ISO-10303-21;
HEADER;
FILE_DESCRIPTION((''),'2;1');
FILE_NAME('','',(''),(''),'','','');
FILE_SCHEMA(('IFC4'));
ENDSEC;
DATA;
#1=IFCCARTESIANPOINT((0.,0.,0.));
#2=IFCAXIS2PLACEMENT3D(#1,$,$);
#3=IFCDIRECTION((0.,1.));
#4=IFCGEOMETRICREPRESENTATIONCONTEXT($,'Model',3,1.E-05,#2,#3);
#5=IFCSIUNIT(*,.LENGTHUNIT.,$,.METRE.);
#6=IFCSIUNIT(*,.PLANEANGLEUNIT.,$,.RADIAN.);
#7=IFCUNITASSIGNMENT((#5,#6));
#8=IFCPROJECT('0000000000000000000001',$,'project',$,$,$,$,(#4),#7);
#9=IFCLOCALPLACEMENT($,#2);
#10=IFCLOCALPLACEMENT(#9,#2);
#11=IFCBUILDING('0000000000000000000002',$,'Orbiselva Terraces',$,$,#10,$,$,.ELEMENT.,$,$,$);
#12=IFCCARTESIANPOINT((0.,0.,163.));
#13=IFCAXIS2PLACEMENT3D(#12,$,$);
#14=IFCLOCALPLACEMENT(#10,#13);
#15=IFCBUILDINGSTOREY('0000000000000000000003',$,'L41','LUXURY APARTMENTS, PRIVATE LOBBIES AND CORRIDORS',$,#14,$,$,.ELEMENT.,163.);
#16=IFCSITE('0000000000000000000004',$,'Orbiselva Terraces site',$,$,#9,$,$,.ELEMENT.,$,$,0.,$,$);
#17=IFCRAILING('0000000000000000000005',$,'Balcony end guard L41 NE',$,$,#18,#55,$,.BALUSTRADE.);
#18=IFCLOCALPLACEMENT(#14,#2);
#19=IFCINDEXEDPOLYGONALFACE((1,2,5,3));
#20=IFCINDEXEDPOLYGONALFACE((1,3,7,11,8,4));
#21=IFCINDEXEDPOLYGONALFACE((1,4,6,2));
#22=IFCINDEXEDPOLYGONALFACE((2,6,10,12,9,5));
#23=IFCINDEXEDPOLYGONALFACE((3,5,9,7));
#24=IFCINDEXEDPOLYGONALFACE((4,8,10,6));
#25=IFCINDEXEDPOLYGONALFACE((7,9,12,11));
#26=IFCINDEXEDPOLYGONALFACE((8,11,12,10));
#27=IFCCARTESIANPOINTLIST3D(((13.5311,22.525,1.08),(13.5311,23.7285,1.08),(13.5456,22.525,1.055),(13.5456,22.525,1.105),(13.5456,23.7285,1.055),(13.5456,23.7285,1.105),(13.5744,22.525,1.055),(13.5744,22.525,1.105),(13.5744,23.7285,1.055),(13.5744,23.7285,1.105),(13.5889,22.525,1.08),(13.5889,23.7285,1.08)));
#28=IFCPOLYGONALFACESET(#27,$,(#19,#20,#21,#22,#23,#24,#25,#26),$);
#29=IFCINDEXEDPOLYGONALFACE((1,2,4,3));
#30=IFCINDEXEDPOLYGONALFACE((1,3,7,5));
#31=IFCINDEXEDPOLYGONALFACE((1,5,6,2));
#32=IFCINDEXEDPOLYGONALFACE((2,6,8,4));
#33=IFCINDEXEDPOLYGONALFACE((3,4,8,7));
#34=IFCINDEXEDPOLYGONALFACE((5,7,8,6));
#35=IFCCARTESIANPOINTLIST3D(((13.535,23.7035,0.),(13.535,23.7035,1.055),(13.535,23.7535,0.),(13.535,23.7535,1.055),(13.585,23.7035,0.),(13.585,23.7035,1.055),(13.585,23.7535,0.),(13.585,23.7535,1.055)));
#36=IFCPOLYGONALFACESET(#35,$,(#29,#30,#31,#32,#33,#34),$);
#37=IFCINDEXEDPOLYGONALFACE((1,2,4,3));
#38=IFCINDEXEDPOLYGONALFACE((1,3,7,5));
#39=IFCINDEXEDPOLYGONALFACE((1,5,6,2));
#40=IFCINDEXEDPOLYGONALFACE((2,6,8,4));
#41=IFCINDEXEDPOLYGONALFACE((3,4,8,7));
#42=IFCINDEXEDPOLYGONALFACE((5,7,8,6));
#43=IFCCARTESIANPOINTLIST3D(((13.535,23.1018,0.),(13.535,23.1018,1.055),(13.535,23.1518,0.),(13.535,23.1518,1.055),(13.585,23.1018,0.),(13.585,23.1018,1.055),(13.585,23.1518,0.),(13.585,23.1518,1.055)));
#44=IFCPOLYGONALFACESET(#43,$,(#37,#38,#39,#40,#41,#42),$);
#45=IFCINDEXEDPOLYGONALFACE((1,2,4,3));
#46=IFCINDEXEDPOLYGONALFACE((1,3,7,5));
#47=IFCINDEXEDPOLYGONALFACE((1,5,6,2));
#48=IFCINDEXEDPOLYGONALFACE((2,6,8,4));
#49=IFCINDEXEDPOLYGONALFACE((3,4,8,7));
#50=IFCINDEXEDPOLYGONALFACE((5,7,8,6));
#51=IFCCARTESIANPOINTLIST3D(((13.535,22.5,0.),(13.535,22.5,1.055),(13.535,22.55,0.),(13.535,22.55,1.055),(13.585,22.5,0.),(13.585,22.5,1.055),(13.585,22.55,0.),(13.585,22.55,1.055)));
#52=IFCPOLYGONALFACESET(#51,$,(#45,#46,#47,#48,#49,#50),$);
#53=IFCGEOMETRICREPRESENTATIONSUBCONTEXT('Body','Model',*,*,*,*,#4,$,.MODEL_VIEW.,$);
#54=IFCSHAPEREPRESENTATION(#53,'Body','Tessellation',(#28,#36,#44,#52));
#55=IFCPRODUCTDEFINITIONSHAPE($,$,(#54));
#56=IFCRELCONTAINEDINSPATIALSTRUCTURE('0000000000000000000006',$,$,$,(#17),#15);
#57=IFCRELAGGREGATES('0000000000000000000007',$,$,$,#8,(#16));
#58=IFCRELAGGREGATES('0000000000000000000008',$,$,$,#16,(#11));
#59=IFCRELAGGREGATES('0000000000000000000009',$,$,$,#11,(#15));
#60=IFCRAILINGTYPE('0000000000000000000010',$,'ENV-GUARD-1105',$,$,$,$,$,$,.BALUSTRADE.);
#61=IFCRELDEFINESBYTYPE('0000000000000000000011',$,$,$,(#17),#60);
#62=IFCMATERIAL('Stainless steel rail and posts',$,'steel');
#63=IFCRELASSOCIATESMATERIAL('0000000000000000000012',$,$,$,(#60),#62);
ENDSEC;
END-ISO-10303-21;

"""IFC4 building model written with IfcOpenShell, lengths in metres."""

from ifc_helpers import new_model, si_unit, direction, frame, origin, origin_2d, place, context, subcontext, project, spatial, polyline, rectangle, outline, extrude, material, type_object, element, save


model = new_model("IFC4")

# Units and contexts
model_context = context("Model", 3, precision=1e-05, world=origin(), true_north=direction((0.0, 1.0)))
body_context = subcontext(model_context, "Body", "Model", "MODEL_VIEW")
ifc_project = project(units=[si_unit("LENGTHUNIT", "METRE"), si_unit("PLANEANGLEUNIT", "RADIAN")], contexts=[model_context])

# Site, building, storey
site_placement = place(None, origin())
site = spatial("IfcSite", under=ifc_project, at=site_placement, Name="Orbiselva Terraces site", CompositionType="ELEMENT", RefElevation=0.0)
building_placement = place(site_placement, origin())
building = spatial("IfcBuilding", under=site, at=building_placement, Name="Orbiselva Terraces", CompositionType="ELEMENT")
storey_placement = place(building_placement, frame((0.0, 0.0, 163.0)))
storey = spatial("IfcBuildingStorey", under=building, at=storey_placement, Name="L41", Description="LUXURY APARTMENTS, PRIVATE LOBBIES AND CORRIDORS", CompositionType="ELEMENT", Elevation=163.0)

# Railing
ifc_material_1 = material(Name="Stainless steel rail and posts", Category="steel")
railing_type_1 = type_object("IfcRailingType", Name="ENV-GUARD-1105", PredefinedType="BALUSTRADE", material=ifc_material_1)
railing_1_placement = place(storey_placement, frame((13.56, 23.7285, 0.0)))
element("IfcRailing", 1, at=railing_1_placement, inside=storey, type_object=railing_type_1, Name="Balcony end guard L41 NE", PredefinedType="BALUSTRADE", context=body_context, shape_type="SweptSolid", body=[
    extrude(outline(polyline([(0.0289, 0.0), (0.0144, 0.025), (-0.0144, 0.025), (-0.0289, 0.0), (-0.0144, -0.025), (0.0144, -0.025), (0.0289, 0.0)])), frame((0.0, 0.0, 1.08), z_axis=(0.0, -1.0, 0.0), x_axis=(1.0, 0.0, 0.0)), (0.0, 0.0, 1.0), 1.2035),
    extrude(rectangle(XDim=0.05, YDim=0.05, at=origin_2d()), origin(), (0.0, 0.0, 1.0), 1.055),
    extrude(rectangle(XDim=0.05, YDim=0.05, at=origin_2d()), frame((0.0, -0.6018, 0.0)), (0.0, 0.0, 1.0), 1.055),
    extrude(rectangle(XDim=0.05, YDim=0.05, at=origin_2d()), frame((0.0, -1.2035, 0.0)), (0.0, 0.0, 1.0), 1.055),
])

save(model, "model.ifc")
